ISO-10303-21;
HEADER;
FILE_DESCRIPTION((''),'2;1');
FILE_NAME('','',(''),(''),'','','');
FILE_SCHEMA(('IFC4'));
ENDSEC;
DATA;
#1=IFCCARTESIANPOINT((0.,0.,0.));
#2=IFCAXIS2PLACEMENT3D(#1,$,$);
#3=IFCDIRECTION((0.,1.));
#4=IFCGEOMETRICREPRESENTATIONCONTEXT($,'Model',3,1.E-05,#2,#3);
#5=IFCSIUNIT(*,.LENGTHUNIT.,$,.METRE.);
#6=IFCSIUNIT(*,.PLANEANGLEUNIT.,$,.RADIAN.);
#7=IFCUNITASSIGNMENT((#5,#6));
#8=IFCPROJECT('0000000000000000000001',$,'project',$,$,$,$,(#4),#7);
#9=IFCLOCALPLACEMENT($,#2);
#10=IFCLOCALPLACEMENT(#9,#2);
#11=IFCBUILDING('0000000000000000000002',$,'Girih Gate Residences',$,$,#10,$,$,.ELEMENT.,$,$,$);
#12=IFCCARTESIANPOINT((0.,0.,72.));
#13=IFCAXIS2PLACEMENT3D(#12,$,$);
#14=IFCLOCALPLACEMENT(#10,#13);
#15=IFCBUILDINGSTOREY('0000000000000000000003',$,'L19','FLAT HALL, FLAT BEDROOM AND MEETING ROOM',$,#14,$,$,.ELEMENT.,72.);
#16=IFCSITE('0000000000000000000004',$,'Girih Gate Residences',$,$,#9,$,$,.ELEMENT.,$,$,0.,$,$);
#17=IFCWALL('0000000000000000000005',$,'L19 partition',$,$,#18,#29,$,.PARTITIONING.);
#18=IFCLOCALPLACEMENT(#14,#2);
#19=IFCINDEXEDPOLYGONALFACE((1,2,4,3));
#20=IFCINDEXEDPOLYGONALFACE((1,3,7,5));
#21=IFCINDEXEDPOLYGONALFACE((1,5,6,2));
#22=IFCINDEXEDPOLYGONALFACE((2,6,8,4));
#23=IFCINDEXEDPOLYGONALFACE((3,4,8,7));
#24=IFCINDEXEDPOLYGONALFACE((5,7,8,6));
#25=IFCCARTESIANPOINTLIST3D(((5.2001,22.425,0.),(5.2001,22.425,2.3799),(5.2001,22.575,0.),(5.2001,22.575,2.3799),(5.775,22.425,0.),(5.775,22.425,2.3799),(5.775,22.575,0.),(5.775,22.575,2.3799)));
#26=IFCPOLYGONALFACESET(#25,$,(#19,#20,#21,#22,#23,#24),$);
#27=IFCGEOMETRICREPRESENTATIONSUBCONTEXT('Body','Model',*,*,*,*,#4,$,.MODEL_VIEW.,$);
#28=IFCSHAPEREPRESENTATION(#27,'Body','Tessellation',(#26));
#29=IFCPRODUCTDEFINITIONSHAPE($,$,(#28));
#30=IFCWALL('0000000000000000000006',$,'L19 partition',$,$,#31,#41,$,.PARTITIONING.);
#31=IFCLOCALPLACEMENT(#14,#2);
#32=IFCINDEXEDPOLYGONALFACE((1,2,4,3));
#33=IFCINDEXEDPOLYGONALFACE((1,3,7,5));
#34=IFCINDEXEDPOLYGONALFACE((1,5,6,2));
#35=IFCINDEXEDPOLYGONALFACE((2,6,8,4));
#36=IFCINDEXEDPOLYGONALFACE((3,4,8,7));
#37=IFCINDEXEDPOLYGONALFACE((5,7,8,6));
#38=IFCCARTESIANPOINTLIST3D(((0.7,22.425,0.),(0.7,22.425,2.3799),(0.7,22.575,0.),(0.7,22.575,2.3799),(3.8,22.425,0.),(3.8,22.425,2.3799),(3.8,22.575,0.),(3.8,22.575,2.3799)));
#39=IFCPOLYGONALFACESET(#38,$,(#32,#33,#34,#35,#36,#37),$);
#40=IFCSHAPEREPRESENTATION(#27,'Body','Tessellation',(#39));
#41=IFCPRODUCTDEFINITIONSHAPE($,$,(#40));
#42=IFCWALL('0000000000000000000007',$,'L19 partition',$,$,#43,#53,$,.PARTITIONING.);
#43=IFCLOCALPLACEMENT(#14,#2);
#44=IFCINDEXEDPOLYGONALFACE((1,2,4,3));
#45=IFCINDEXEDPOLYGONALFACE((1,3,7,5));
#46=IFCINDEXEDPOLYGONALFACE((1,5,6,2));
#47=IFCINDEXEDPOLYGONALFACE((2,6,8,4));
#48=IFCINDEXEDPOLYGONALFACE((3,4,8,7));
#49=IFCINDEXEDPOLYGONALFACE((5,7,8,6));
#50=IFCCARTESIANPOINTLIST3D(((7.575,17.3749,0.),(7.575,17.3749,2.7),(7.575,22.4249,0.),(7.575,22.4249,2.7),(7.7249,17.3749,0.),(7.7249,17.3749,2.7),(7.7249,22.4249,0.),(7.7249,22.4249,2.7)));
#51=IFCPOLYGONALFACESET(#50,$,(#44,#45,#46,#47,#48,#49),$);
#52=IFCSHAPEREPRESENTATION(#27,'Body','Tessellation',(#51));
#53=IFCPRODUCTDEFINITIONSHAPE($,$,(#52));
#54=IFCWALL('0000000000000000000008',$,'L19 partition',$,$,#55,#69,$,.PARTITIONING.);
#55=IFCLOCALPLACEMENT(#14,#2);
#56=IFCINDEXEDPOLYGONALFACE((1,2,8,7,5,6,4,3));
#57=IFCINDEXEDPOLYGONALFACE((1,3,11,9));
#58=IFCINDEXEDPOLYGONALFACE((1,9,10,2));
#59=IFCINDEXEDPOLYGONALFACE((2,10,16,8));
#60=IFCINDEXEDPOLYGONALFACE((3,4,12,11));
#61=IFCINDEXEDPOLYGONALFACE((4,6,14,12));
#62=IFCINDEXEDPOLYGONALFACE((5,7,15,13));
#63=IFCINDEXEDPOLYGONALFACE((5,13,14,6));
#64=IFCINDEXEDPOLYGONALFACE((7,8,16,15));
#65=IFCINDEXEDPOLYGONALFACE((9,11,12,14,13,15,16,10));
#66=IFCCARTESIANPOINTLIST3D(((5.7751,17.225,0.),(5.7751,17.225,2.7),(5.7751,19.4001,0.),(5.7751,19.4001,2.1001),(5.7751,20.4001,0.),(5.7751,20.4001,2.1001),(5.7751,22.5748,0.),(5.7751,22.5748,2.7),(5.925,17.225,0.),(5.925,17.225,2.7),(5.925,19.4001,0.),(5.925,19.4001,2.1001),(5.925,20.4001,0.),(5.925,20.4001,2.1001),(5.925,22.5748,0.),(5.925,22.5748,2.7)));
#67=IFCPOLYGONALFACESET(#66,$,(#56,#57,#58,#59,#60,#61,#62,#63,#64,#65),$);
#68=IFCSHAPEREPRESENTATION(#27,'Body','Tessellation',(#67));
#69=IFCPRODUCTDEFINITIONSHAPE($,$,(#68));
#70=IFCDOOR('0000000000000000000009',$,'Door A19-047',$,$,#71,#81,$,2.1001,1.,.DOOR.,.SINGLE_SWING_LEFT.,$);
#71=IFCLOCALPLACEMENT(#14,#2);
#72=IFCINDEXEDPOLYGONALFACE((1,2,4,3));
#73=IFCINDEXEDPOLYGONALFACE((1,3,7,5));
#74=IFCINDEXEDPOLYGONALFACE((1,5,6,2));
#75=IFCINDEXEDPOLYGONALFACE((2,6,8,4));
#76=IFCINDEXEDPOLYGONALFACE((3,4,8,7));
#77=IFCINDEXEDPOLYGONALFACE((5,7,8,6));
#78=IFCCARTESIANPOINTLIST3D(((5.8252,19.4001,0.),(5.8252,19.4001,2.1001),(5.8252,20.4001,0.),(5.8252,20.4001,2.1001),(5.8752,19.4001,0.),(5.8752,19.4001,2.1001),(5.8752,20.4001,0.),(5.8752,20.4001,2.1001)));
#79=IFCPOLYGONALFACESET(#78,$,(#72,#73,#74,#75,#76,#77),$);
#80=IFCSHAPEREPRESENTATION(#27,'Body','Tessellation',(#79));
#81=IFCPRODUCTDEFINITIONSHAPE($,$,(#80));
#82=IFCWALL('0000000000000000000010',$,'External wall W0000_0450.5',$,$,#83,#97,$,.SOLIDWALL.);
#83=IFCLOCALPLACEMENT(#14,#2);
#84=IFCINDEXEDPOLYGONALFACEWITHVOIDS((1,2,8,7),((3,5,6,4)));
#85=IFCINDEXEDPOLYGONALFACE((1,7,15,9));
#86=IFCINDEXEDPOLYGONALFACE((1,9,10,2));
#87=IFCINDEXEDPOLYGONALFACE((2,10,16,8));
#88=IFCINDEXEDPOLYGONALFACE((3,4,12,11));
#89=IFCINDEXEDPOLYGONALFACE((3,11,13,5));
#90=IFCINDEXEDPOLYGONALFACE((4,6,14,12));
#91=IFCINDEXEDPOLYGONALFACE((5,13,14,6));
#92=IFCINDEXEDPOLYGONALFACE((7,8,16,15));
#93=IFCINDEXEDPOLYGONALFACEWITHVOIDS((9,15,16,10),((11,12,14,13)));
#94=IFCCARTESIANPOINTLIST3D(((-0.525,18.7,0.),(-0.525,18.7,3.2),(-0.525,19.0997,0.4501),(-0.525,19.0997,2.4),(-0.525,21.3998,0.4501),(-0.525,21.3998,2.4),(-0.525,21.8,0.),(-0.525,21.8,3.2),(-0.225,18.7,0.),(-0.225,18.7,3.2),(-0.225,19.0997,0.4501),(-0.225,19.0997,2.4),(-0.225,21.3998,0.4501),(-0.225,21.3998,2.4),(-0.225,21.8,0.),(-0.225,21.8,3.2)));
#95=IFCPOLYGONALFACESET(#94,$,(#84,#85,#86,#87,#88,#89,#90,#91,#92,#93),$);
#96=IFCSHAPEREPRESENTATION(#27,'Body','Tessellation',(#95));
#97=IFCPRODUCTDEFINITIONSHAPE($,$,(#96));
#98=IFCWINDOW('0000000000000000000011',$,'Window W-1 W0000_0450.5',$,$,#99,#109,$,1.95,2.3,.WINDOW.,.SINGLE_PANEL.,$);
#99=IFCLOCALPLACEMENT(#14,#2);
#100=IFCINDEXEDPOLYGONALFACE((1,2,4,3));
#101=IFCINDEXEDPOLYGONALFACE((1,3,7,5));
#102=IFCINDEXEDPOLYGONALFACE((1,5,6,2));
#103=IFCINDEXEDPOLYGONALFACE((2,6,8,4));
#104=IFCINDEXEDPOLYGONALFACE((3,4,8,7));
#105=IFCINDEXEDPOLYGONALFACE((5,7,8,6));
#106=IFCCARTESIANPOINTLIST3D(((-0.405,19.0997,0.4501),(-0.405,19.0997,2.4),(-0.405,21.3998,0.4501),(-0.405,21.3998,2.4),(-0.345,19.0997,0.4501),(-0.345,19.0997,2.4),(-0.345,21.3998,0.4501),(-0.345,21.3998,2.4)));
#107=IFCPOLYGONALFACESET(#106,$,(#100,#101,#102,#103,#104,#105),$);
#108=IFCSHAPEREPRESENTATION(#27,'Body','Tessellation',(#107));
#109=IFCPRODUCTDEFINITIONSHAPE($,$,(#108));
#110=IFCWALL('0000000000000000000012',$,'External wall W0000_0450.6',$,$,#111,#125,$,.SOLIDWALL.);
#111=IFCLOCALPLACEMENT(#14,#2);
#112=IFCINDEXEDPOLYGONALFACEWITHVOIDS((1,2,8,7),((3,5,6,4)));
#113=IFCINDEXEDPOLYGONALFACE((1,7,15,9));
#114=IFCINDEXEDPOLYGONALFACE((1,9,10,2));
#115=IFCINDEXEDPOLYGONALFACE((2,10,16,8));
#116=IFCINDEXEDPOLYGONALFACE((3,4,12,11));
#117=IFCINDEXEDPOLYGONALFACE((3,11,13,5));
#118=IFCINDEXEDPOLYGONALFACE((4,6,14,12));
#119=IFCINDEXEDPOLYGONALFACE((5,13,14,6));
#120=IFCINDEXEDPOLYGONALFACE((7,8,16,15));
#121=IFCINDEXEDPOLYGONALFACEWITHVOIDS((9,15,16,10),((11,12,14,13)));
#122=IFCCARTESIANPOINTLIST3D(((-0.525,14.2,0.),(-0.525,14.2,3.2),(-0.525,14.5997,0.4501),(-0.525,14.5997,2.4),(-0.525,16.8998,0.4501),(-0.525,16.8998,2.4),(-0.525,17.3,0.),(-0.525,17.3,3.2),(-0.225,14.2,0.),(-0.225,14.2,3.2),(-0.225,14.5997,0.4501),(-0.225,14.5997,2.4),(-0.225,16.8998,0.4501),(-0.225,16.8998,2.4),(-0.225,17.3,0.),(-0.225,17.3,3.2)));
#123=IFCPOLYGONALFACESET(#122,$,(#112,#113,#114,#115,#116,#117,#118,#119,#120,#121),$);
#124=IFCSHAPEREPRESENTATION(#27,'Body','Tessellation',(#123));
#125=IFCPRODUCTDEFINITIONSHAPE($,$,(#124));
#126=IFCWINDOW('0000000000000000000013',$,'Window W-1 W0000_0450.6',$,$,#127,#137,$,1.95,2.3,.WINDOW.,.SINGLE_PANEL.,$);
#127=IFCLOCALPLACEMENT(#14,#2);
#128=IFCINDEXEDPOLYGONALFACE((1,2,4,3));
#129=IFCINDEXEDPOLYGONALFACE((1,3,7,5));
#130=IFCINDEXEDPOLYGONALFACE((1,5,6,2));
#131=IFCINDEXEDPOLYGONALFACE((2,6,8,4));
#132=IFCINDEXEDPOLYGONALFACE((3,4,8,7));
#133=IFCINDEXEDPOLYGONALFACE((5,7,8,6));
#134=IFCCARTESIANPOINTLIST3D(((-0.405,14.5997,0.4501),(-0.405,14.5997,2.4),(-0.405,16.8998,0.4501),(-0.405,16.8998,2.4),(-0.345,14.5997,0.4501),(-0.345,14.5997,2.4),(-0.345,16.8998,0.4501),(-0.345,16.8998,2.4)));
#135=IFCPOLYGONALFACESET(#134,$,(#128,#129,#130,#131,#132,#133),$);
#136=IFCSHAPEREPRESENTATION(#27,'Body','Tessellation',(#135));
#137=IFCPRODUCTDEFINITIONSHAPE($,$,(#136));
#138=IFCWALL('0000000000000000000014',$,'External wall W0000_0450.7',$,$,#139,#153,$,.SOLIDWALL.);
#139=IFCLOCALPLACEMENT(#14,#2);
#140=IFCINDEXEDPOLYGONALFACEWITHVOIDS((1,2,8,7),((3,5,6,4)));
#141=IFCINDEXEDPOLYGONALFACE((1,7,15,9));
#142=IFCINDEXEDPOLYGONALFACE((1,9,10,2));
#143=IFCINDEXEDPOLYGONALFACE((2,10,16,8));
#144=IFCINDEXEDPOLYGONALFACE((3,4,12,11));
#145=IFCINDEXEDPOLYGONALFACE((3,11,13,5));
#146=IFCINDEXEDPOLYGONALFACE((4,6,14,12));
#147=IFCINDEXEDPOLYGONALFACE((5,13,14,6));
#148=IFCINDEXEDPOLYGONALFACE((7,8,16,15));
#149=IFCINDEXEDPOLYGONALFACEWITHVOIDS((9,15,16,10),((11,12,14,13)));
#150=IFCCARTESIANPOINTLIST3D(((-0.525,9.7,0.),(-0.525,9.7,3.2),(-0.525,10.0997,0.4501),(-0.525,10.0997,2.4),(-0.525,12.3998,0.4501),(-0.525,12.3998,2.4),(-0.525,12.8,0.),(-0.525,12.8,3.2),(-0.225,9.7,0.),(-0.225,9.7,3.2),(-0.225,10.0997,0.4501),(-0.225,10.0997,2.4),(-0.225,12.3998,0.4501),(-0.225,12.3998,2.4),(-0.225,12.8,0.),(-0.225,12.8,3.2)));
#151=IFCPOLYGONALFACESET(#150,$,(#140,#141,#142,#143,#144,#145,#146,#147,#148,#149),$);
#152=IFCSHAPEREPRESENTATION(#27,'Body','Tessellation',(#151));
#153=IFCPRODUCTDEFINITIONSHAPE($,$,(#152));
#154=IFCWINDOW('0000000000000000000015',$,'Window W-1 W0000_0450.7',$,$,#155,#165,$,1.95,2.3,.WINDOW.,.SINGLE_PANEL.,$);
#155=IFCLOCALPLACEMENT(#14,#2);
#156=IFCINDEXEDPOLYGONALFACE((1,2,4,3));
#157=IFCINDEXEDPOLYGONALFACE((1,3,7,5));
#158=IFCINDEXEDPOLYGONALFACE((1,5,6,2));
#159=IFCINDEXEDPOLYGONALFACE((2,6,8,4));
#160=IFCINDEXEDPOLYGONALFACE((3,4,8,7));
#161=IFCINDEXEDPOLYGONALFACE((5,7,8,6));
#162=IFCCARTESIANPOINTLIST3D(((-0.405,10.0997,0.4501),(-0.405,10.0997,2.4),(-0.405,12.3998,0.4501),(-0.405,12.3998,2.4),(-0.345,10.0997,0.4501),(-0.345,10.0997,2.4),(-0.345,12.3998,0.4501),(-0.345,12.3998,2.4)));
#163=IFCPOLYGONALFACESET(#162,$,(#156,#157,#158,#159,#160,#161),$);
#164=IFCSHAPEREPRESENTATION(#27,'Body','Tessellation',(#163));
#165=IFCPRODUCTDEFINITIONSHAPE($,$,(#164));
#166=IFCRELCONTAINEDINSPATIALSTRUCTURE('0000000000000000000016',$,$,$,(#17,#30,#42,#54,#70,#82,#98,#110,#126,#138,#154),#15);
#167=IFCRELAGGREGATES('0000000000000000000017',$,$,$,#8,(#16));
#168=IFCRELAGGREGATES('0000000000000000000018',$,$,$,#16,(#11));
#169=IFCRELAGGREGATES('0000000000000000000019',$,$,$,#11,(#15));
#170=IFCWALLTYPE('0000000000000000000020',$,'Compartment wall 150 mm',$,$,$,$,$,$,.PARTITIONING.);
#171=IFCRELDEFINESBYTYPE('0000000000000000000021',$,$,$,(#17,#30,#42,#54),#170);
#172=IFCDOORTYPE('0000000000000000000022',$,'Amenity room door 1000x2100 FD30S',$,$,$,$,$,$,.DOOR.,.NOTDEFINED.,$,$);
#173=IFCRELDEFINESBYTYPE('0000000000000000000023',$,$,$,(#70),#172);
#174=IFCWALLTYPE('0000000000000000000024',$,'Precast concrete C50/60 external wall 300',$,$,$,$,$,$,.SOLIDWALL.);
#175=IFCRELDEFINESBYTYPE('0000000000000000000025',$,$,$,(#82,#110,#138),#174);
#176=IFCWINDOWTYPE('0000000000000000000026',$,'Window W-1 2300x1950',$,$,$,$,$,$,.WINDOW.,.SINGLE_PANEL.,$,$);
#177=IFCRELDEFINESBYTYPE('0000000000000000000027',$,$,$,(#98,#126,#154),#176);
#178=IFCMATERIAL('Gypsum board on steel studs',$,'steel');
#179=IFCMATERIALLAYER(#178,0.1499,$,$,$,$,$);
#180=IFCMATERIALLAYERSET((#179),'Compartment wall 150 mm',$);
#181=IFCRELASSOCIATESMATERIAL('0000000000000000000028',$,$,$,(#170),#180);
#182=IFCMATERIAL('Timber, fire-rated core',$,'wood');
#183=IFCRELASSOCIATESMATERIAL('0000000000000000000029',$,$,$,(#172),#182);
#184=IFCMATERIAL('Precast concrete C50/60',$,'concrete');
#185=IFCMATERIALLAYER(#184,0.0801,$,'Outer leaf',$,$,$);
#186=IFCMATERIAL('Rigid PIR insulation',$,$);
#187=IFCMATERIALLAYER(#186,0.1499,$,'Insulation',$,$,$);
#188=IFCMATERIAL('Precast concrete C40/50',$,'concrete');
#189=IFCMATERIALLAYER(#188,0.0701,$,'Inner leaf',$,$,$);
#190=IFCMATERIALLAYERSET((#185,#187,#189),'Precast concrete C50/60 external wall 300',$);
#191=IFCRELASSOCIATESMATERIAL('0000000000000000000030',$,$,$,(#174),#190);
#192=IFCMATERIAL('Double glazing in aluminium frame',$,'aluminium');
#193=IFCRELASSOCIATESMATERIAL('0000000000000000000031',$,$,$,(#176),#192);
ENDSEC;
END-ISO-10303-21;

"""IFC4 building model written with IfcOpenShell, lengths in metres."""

from ifc_helpers import new_model, si_unit, direction, frame, frame_2d, origin, place, context, subcontext, project, spatial, rectangle, extrude, material, layer, layer_set, type_object, element, fill, save


model = new_model("IFC4")

# Units and contexts
model_context = context("Model", 3, precision=1e-05, world=origin(), true_north=direction((0.0, 1.0)))
body_context = subcontext(model_context, "Body", "Model", "MODEL_VIEW")
ifc_project = project(units=[si_unit("LENGTHUNIT", "METRE"), si_unit("PLANEANGLEUNIT", "RADIAN")], contexts=[model_context])

# Site, building, storey
site_placement = place(None, origin())
site = spatial("IfcSite", under=ifc_project, at=site_placement, Name="Girih Gate Residences", CompositionType="ELEMENT", RefElevation=0.0)
building_placement = place(site_placement, origin())
building = spatial("IfcBuilding", under=site, at=building_placement, Name="Girih Gate Residences", CompositionType="ELEMENT")
storey_placement = place(building_placement, frame((0.0, 0.0, 72.0)))
storey = spatial("IfcBuildingStorey", under=building, at=storey_placement, Name="L19", Description="FLAT HALL, FLAT BEDROOM AND MEETING ROOM", CompositionType="ELEMENT", Elevation=72.0)

# Shared definitions
ifc_material_1 = material(Name="Gypsum board on steel studs", Category="steel")
ifc_layer_1 = layer(ifc_material_1, 0.1499)
ifc_layer_set_1 = layer_set([ifc_layer_1], Name="Compartment wall 150 mm")
wall_type_1 = type_object("IfcWallType", Name="Compartment wall 150 mm", PredefinedType="PARTITIONING", material=ifc_layer_set_1)

# Walls
wall_1_placement = place(storey_placement, frame((5.2, 22.5, 0.0), z_axis=(0.0, 0.0, 1.0), x_axis=(1.0, 0.0, 0.0)))
element("IfcWall", 1, at=wall_1_placement, inside=storey, type_object=wall_type_1, Name="L19 partition", PredefinedType="PARTITIONING", context=body_context, shape_type="SweptSolid", body=[
    extrude(rectangle(XDim=0.575, YDim=0.1499, at=frame_2d((0.2876, 0.0))), origin(), (0.0, 0.0, 1.0), 2.3799),
])
wall_2_placement = place(storey_placement, frame((0.7, 22.5, 0.0), z_axis=(0.0, 0.0, 1.0), x_axis=(1.0, 0.0, 0.0)))
element("IfcWall", 2, at=wall_2_placement, inside=storey, type_object=wall_type_1, Name="L19 partition", PredefinedType="PARTITIONING", context=body_context, shape_type="SweptSolid", body=[
    extrude(rectangle(XDim=3.1001, YDim=0.1499, at=frame_2d((1.55, 0.0))), origin(), (0.0, 0.0, 1.0), 2.3799),
])
wall_3_placement = place(storey_placement, frame((7.6499, 17.375, 0.0), z_axis=(0.0, 0.0, 1.0), x_axis=(0.0, 1.0, 0.0)))
element("IfcWall", 3, at=wall_3_placement, inside=storey, type_object=wall_type_1, Name="L19 partition", PredefinedType="PARTITIONING", context=body_context, shape_type="SweptSolid", body=[
    extrude(rectangle(XDim=5.05, YDim=0.1499, at=frame_2d((2.5249, 0.0))), origin(), (0.0, 0.0, 1.0), 2.7),
])

# Wall, opening, door
wall_4_placement = place(storey_placement, frame((5.8501, 17.2251, 0.0), z_axis=(0.0, 0.0, 1.0), x_axis=(0.0, 1.0, 0.0)))
wall_4 = element("IfcWall", 4, at=wall_4_placement, inside=storey, type_object=wall_type_1, Name="L19 partition", PredefinedType="PARTITIONING", context=body_context, shape_type="SweptSolid", body=[
    extrude(rectangle(XDim=5.3499, YDim=0.1499, at=frame_2d((2.6748, 0.0))), origin(), (0.0, 0.0, 1.0), 2.7),
])
opening_1_placement = place(wall_4_placement, frame((2.175, 0.0, 0.0)))
opening_1 = element("IfcOpeningElement", 5, at=opening_1_placement, cuts=wall_4, PredefinedType="OPENING", context=body_context, shape_type="SweptSolid", body=[
    extrude(rectangle(XDim=1.0, YDim=2.1001, at=frame_2d((0.5, 1.05))), frame((0.0, 0.085, 0.0), z_axis=(0.0, -1.0, 0.0), x_axis=(1.0, 0.0, 0.0)), (0.0, 0.0, 1.0), 0.1699),
])
ifc_material_2 = material(Name="Timber, fire-rated core", Category="wood")
door_type_1 = type_object("IfcDoorType", Name="Amenity room door 1000x2100 FD30S", OperationType="NOTDEFINED", PredefinedType="DOOR", material=ifc_material_2)
door_1_placement = place(opening_1_placement, origin())
door_1 = element("IfcDoor", 6, at=door_1_placement, inside=storey, type_object=door_type_1, Name="Door A19-047", OperationType="SINGLE_SWING_LEFT", OverallHeight=2.1001, OverallWidth=1.0, PredefinedType="DOOR", context=body_context, shape_type="SweptSolid", body=[
    extrude(rectangle(XDim=1.0, YDim=2.1001, at=frame_2d((0.5, 1.05))), frame((0.0, 0.0249, 0.0), z_axis=(0.0, -1.0, 0.0), x_axis=(1.0, 0.0, 0.0)), (0.0, 0.0, 1.0), 0.05),
])
fill(opening_1, door_1)

# Walls, openings, windows
ifc_material_3 = material(Name="Precast concrete C50/60", Category="concrete")
ifc_layer_2 = layer(ifc_material_3, 0.0801, Name="Outer leaf")
ifc_material_4 = material(Name="Rigid PIR insulation")
ifc_layer_3 = layer(ifc_material_4, 0.1499, Name="Insulation")
ifc_material_5 = material(Name="Precast concrete C40/50", Category="concrete")
ifc_layer_4 = layer(ifc_material_5, 0.0701, Name="Inner leaf")
ifc_layer_set_2 = layer_set([ifc_layer_2, ifc_layer_3, ifc_layer_4], Name="Precast concrete C50/60 external wall 300")
wall_type_2 = type_object("IfcWallType", Name="Precast concrete C50/60 external wall 300", PredefinedType="SOLIDWALL", material=ifc_layer_set_2)
wall_5_placement = place(storey_placement, frame((-0.375, 18.7, 0.0), z_axis=(0.0, 0.0, 1.0), x_axis=(0.0, 1.0, 0.0)))
wall_5 = element("IfcWall", 7, at=wall_5_placement, inside=storey, type_object=wall_type_2, Name="External wall W0000_0450.5", PredefinedType="SOLIDWALL", context=body_context, shape_type="SweptSolid", body=[
    extrude(rectangle(XDim=3.1001, YDim=0.3, at=frame_2d((1.55, 0.0))), origin(), (0.0, 0.0, 1.0), 3.2),
])
opening_2_placement = place(wall_5_placement, frame((0.3999, 0.0, 0.45)))
opening_2 = element("IfcOpeningElement", 8, at=opening_2_placement, cuts=wall_5, PredefinedType="OPENING", context=body_context, shape_type="SweptSolid", body=[
    extrude(rectangle(XDim=2.3, YDim=1.95, at=frame_2d((1.1499, 0.9751))), frame((0.0, 0.1599, 0.0), z_axis=(0.0, -1.0, 0.0), x_axis=(1.0, 0.0, 0.0)), (0.0, 0.0, 1.0), 0.3201),
])
ifc_material_6 = material(Name="Double glazing in aluminium frame", Category="aluminium")
window_type = type_object("IfcWindowType", Name="Window W-1 2300x1950", PartitioningType="SINGLE_PANEL", PredefinedType="WINDOW", material=ifc_material_6)
window_1_placement = place(opening_2_placement, origin())
window_1 = element("IfcWindow", 9, at=window_1_placement, inside=storey, type_object=window_type, Name="Window W-1 W0000_0450.5", OverallHeight=1.95, OverallWidth=2.3, PartitioningType="SINGLE_PANEL", PredefinedType="WINDOW", context=body_context, shape_type="SweptSolid", body=[
    extrude(rectangle(XDim=2.3, YDim=1.95, at=frame_2d((1.1499, 0.9751))), frame((0.0, 0.03, 0.0), z_axis=(0.0, -1.0, 0.0), x_axis=(1.0, 0.0, 0.0)), (0.0, 0.0, 1.0), 0.0601),
])
fill(opening_2, window_1)
wall_6_placement = place(storey_placement, frame((-0.375, 14.2, 0.0), z_axis=(0.0, 0.0, 1.0), x_axis=(0.0, 1.0, 0.0)))
wall_6 = element("IfcWall", 10, at=wall_6_placement, inside=storey, type_object=wall_type_2, Name="External wall W0000_0450.6", PredefinedType="SOLIDWALL", context=body_context, shape_type="SweptSolid", body=[
    extrude(rectangle(XDim=3.1001, YDim=0.3, at=frame_2d((1.55, 0.0))), origin(), (0.0, 0.0, 1.0), 3.2),
])
opening_3_placement = place(wall_6_placement, frame((0.3999, 0.0, 0.45)))
opening_3 = element("IfcOpeningElement", 11, at=opening_3_placement, cuts=wall_6, PredefinedType="OPENING", context=body_context, shape_type="SweptSolid", body=[
    extrude(rectangle(XDim=2.3, YDim=1.95, at=frame_2d((1.1499, 0.9751))), frame((0.0, 0.1599, 0.0), z_axis=(0.0, -1.0, 0.0), x_axis=(1.0, 0.0, 0.0)), (0.0, 0.0, 1.0), 0.3201),
])
window_2_placement = place(opening_3_placement, origin())
window_2 = element("IfcWindow", 12, at=window_2_placement, inside=storey, type_object=window_type, Name="Window W-1 W0000_0450.6", OverallHeight=1.95, OverallWidth=2.3, PartitioningType="SINGLE_PANEL", PredefinedType="WINDOW", context=body_context, shape_type="SweptSolid", body=[
    extrude(rectangle(XDim=2.3, YDim=1.95, at=frame_2d((1.1499, 0.9751))), frame((0.0, 0.03, 0.0), z_axis=(0.0, -1.0, 0.0), x_axis=(1.0, 0.0, 0.0)), (0.0, 0.0, 1.0), 0.0601),
])
fill(opening_3, window_2)
wall_7_placement = place(storey_placement, frame((-0.375, 9.7, 0.0), z_axis=(0.0, 0.0, 1.0), x_axis=(0.0, 1.0, 0.0)))
wall_7 = element("IfcWall", 13, at=wall_7_placement, inside=storey, type_object=wall_type_2, Name="External wall W0000_0450.7", PredefinedType="SOLIDWALL", context=body_context, shape_type="SweptSolid", body=[
    extrude(rectangle(XDim=3.1001, YDim=0.3, at=frame_2d((1.55, 0.0))), origin(), (0.0, 0.0, 1.0), 3.2),
])
opening_4_placement = place(wall_7_placement, frame((0.3999, 0.0, 0.45)))
opening_4 = element("IfcOpeningElement", 14, at=opening_4_placement, cuts=wall_7, PredefinedType="OPENING", context=body_context, shape_type="SweptSolid", body=[
    extrude(rectangle(XDim=2.3, YDim=1.95, at=frame_2d((1.1499, 0.9751))), frame((0.0, 0.1599, 0.0), z_axis=(0.0, -1.0, 0.0), x_axis=(1.0, 0.0, 0.0)), (0.0, 0.0, 1.0), 0.3201),
])
window_3_placement = place(opening_4_placement, origin())
window_3 = element("IfcWindow", 15, at=window_3_placement, inside=storey, type_object=window_type, Name="Window W-1 W0000_0450.7", OverallHeight=1.95, OverallWidth=2.3, PartitioningType="SINGLE_PANEL", PredefinedType="WINDOW", context=body_context, shape_type="SweptSolid", body=[
    extrude(rectangle(XDim=2.3, YDim=1.95, at=frame_2d((1.1499, 0.9751))), frame((0.0, 0.03, 0.0), z_axis=(0.0, -1.0, 0.0), x_axis=(1.0, 0.0, 0.0)), (0.0, 0.0, 1.0), 0.0601),
])
fill(opening_4, window_3)

save(model, "model.ifc")
